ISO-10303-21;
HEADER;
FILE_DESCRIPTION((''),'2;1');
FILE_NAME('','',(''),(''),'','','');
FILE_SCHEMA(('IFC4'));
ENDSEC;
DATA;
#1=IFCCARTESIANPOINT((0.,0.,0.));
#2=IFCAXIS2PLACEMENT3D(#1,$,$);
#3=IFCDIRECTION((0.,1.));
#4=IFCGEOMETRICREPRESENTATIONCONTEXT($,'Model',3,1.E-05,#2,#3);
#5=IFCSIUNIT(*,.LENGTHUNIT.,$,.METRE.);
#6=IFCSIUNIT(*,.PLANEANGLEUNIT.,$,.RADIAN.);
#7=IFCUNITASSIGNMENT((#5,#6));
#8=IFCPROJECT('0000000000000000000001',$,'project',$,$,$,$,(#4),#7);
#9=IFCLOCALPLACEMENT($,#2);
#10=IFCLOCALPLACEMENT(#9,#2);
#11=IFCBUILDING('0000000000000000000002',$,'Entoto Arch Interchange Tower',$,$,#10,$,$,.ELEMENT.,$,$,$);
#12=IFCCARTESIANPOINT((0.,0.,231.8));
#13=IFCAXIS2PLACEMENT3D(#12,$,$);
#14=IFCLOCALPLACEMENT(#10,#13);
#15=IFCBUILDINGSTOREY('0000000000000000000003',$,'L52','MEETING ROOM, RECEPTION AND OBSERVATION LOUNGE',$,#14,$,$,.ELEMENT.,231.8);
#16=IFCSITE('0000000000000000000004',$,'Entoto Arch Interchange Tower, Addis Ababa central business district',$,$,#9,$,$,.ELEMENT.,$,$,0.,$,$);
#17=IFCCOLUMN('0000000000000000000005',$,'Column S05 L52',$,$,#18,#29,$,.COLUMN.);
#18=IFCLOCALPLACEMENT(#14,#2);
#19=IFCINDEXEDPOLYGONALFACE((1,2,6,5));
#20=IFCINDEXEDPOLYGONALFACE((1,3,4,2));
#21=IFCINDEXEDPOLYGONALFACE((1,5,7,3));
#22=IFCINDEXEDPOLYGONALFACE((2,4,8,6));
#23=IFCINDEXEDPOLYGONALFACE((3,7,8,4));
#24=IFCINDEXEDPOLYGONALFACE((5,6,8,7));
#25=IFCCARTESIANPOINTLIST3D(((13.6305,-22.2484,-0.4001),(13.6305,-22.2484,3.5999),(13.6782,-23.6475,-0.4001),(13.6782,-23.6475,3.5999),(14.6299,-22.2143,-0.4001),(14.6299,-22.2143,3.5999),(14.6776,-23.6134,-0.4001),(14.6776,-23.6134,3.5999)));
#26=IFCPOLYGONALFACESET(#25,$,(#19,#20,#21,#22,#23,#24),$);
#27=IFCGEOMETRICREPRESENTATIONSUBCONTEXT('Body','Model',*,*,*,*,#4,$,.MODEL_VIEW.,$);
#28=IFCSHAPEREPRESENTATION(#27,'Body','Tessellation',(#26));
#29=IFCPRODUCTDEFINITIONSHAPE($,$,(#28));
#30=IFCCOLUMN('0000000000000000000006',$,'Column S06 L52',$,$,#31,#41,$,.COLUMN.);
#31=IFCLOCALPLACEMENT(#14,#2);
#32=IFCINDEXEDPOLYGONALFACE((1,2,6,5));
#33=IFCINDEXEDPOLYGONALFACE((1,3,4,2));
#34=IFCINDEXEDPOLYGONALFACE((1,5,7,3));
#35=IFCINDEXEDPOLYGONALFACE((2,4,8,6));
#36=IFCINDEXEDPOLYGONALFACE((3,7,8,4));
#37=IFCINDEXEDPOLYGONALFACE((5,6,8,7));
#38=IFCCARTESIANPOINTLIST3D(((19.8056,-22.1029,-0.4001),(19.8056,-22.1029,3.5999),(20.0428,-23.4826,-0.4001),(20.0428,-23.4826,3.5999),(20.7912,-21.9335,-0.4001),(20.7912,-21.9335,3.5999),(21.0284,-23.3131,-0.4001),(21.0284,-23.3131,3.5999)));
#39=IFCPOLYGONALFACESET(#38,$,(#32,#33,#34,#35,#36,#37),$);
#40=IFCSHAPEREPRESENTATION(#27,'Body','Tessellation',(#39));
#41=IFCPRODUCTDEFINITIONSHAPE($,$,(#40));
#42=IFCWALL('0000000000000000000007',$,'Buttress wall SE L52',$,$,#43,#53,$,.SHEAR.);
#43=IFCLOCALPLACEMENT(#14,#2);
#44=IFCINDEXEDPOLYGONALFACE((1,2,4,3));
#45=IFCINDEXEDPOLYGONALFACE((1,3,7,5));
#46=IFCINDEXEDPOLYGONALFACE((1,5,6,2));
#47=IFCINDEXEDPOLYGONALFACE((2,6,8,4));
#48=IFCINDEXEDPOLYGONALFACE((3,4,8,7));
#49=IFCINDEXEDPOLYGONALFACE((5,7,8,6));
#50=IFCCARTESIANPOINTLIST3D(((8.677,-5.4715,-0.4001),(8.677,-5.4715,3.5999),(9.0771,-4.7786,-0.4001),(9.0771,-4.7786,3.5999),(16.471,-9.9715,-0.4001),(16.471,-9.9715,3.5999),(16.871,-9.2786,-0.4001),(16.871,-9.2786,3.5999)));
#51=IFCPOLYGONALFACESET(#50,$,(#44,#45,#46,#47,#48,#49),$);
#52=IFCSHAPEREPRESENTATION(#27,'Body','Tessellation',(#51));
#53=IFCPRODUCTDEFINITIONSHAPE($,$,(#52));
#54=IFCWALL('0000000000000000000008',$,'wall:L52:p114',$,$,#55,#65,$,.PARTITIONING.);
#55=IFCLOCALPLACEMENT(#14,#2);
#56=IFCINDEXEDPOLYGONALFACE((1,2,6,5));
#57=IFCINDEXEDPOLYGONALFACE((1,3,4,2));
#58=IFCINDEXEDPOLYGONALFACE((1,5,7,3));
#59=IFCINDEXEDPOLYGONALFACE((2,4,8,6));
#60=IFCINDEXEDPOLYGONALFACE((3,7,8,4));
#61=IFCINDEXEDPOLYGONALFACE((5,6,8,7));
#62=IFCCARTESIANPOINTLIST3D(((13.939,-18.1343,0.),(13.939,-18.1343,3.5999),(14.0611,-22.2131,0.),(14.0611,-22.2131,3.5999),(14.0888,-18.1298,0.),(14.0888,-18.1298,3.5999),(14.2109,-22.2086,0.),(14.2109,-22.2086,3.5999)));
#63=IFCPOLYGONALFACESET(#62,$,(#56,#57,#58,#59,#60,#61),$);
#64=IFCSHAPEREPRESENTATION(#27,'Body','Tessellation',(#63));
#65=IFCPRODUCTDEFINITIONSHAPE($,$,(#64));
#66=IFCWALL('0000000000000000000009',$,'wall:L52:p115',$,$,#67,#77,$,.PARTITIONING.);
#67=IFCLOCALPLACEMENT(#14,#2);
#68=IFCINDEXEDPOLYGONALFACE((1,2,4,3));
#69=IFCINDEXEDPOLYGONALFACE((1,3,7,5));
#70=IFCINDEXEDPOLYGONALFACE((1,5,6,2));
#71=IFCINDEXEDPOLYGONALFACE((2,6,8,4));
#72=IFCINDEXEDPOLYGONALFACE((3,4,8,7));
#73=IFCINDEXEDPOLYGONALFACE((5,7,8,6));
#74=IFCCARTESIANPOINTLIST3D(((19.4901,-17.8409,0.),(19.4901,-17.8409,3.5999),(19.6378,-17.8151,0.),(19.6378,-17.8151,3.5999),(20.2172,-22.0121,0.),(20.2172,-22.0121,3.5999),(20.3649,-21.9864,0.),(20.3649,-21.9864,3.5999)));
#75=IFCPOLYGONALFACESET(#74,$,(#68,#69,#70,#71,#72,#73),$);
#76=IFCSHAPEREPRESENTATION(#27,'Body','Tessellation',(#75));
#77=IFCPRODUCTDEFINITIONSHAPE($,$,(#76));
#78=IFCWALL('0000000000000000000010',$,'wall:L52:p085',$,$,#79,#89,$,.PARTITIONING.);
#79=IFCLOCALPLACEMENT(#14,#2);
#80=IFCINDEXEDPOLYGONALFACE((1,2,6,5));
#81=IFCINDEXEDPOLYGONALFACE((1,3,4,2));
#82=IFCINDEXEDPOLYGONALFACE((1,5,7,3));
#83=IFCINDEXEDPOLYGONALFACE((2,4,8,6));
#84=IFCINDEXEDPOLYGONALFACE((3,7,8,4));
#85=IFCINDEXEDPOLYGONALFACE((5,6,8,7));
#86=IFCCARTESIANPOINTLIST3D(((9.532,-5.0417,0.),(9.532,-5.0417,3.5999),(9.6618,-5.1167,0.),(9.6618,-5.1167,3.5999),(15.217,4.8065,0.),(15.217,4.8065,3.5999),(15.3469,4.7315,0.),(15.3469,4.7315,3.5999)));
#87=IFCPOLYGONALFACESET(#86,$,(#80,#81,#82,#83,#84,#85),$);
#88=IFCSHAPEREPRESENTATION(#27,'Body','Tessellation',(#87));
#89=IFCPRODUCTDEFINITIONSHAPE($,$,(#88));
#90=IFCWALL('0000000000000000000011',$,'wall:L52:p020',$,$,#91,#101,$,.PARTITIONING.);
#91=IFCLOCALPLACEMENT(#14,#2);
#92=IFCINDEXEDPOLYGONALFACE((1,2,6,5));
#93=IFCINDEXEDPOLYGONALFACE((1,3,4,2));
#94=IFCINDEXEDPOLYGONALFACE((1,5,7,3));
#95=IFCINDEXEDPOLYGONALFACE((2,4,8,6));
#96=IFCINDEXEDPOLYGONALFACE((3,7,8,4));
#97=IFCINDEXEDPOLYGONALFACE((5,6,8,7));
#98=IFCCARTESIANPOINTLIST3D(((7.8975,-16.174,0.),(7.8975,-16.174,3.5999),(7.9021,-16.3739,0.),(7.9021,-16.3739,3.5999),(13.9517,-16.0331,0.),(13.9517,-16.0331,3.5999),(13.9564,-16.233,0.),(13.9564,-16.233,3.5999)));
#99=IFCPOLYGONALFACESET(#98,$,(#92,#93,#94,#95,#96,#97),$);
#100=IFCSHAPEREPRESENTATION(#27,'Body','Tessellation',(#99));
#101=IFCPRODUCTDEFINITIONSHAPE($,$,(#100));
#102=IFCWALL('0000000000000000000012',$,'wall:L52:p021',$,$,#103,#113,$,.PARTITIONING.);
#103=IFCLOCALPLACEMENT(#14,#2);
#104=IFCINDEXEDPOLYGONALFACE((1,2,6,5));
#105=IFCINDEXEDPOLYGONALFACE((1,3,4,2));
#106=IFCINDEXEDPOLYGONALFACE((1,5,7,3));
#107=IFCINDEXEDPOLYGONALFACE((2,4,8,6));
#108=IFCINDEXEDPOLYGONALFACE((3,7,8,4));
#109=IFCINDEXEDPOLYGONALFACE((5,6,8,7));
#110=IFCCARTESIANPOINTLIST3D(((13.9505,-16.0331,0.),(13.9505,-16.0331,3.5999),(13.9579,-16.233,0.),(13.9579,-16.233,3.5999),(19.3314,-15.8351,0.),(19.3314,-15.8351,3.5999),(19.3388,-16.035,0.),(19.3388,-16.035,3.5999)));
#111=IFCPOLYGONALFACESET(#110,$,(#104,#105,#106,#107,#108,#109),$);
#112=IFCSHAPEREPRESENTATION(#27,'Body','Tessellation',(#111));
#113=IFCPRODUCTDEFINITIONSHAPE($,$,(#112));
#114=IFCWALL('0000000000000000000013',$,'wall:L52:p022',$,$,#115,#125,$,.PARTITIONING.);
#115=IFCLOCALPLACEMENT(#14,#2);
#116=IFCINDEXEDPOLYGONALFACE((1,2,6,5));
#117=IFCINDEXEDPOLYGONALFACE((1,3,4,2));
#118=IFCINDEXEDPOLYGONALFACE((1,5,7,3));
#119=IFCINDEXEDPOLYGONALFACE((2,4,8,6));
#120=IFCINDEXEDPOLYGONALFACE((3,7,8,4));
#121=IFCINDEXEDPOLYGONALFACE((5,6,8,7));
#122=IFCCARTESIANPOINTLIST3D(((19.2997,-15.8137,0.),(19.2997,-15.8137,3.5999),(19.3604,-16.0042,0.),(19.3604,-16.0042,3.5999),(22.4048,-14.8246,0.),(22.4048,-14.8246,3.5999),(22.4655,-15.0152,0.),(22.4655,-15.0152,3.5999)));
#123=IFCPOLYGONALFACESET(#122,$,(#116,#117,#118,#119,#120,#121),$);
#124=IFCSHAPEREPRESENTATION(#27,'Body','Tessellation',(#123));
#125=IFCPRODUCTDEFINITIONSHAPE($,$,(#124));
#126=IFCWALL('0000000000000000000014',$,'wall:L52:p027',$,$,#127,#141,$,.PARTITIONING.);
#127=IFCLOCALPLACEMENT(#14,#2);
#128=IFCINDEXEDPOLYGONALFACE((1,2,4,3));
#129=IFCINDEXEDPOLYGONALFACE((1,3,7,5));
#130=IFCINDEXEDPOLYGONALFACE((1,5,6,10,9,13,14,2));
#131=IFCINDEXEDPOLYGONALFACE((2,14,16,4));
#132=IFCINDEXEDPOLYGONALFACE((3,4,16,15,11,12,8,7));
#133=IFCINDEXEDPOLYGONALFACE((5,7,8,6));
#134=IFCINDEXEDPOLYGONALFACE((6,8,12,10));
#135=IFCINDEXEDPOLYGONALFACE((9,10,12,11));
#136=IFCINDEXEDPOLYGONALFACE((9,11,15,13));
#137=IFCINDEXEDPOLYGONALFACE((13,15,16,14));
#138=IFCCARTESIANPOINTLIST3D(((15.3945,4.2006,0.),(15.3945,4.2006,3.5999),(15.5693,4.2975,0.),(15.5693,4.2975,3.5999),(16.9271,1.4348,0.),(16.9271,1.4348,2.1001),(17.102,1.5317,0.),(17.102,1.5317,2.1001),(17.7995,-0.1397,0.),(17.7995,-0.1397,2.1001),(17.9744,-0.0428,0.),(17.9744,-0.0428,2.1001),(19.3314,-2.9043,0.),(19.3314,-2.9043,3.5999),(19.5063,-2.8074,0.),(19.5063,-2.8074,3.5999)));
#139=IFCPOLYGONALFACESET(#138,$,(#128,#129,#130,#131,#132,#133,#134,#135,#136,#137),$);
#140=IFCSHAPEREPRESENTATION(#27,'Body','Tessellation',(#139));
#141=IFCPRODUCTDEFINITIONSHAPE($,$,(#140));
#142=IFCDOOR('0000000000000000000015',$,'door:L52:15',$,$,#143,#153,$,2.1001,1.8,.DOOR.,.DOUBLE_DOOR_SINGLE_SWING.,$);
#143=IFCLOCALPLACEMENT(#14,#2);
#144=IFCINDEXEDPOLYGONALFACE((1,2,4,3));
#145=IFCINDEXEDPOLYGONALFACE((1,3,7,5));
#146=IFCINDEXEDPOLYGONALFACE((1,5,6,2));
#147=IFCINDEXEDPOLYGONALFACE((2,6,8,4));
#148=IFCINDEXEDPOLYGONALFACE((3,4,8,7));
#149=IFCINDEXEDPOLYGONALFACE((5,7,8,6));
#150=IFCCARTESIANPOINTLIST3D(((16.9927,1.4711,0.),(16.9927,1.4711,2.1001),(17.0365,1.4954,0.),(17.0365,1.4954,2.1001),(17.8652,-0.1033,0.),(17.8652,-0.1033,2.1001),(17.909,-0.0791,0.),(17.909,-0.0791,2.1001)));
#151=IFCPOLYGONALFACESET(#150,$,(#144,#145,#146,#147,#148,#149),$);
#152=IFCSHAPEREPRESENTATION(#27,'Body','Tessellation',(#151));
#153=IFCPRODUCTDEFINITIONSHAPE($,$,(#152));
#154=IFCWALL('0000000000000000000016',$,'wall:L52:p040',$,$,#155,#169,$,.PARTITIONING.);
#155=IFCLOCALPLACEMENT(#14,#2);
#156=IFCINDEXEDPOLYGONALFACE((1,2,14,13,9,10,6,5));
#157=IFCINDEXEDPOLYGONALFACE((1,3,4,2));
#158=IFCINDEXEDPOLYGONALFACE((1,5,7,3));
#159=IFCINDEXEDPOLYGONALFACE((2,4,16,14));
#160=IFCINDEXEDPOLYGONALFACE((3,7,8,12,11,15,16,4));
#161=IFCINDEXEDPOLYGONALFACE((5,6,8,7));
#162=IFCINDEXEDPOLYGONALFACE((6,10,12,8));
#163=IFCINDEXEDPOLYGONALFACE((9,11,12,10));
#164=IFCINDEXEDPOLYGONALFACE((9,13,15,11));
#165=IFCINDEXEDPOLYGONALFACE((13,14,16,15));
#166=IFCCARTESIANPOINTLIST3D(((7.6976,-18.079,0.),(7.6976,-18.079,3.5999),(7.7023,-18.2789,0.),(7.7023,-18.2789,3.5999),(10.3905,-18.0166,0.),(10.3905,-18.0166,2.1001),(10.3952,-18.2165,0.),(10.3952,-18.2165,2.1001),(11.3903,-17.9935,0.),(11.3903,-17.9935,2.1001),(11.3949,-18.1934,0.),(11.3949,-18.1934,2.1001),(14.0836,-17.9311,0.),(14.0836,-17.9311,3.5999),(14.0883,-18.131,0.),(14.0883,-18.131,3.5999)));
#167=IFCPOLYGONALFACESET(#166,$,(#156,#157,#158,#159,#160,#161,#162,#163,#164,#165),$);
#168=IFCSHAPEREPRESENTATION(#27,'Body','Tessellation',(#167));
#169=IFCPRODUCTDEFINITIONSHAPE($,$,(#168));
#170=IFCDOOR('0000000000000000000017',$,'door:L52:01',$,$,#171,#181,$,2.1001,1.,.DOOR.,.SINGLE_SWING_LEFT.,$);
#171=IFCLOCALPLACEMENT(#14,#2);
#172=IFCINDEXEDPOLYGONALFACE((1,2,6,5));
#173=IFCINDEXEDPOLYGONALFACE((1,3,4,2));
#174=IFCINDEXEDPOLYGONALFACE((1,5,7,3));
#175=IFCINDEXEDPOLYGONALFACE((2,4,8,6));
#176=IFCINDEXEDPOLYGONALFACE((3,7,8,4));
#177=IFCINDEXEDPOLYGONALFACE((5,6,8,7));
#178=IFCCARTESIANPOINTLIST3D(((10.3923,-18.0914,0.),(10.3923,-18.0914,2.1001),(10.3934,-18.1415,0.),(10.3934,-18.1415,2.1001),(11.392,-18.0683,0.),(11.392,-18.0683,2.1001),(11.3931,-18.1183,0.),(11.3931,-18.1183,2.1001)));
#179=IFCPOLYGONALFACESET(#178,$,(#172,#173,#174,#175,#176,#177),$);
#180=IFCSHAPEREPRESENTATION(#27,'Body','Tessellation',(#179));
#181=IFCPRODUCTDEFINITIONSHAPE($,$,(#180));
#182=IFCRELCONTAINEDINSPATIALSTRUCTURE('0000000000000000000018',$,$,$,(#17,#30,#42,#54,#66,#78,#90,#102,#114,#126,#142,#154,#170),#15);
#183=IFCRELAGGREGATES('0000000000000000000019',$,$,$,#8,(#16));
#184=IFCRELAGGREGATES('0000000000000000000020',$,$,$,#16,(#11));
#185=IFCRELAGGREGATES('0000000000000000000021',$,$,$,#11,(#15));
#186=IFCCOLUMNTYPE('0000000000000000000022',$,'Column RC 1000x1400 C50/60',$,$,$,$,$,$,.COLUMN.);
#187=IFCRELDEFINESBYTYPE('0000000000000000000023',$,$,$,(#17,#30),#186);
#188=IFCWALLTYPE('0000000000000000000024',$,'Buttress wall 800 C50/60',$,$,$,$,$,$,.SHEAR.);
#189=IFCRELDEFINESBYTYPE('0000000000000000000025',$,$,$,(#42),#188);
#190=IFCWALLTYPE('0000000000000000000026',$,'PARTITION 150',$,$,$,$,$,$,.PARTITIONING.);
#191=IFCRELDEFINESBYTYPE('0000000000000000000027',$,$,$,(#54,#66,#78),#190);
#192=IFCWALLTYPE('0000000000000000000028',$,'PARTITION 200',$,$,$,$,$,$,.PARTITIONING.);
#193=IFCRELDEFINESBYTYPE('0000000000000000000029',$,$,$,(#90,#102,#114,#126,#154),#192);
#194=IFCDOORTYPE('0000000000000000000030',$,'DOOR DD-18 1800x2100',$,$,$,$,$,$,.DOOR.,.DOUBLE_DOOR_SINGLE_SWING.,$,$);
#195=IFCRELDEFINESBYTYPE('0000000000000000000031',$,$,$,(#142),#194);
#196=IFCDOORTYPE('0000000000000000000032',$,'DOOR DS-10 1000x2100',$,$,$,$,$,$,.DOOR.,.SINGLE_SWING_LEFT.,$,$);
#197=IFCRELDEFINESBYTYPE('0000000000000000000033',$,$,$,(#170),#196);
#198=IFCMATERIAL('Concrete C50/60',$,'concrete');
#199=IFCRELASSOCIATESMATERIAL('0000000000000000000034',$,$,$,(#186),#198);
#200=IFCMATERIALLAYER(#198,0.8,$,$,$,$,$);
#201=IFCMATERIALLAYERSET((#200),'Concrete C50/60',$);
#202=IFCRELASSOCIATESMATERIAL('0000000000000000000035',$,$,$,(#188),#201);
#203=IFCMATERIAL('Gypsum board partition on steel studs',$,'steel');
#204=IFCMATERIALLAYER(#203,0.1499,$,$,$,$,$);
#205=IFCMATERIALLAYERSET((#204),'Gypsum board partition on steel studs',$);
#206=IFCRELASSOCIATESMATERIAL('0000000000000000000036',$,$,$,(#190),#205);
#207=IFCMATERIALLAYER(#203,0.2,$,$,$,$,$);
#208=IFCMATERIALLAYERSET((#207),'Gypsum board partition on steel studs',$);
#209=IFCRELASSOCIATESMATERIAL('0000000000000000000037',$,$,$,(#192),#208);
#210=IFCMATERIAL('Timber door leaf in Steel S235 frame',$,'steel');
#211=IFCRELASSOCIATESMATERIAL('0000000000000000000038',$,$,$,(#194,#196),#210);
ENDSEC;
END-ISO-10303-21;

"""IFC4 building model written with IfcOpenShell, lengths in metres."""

from ifc_helpers import new_model, si_unit, direction, frame, frame_2d, origin, origin_2d, place, context, subcontext, project, spatial, rectangle, extrude, material, layer, layer_set, material_profile, profile_set, type_object, element, fill, save


model = new_model("IFC4")

# Units and contexts
model_context = context("Model", 3, precision=1e-05, world=origin(), true_north=direction((0.0, 1.0)))
body_context = subcontext(model_context, "Body", "Model", "MODEL_VIEW")
ifc_project = project(units=[si_unit("LENGTHUNIT", "METRE"), si_unit("PLANEANGLEUNIT", "RADIAN")], contexts=[model_context])

# Site, building, storey
site_placement = place(None, origin())
site = spatial("IfcSite", under=ifc_project, at=site_placement, Name="Entoto Arch Interchange Tower, Addis Ababa central business district", CompositionType="ELEMENT", RefElevation=0.0)
building_placement = place(site_placement, origin())
building = spatial("IfcBuilding", under=site, at=building_placement, Name="Entoto Arch Interchange Tower", CompositionType="ELEMENT")
storey_placement = place(building_placement, frame((0.0, 0.0, 231.8)))
storey = spatial("IfcBuildingStorey", under=building, at=storey_placement, Name="L52", Description="MEETING ROOM, RECEPTION AND OBSERVATION LOUNGE", CompositionType="ELEMENT", Elevation=231.8)

# Columns
ifc_material_1 = material(Name="Concrete C50/60", Category="concrete")
ifc_material_profile = material_profile(ifc_material_1, rectangle(XDim=1.0, YDim=1.3999, at=origin_2d()))
ifc_profile_set = profile_set([ifc_material_profile], Name="Concrete C50/60")
column_type = type_object("IfcColumnType", Name="Column RC 1000x1400 C50/60", PredefinedType="COLUMN", material=ifc_profile_set)
for number, where, z_axis, x_axis, name in (
    (1, (14.1541, -22.9309, -0.4001), (0.0, 0.0, 1.0), (0.999421, 0.034027, 0.0), "Column S05 L52"),
    (2, (20.417, -22.708, -0.4001), (0.0, 0.0, 1.0), (0.985541, 0.169436, 0.0), "Column S06 L52"),
):
    element("IfcColumn", number, at=place(storey_placement, frame(where, z_axis=z_axis, x_axis=x_axis)), inside=storey, type_object=column_type, Name=name, PredefinedType="COLUMN", context=body_context, shape_type="SweptSolid", body=[
        extrude(rectangle(XDim=1.0, YDim=1.3999, at=origin_2d()), origin(), (0.0, 0.0, 1.0), 4.0),
    ])

# Walls
ifc_layer_1 = layer(ifc_material_1, 0.8)
ifc_layer_set_1 = layer_set([ifc_layer_1], Name="Concrete C50/60")
wall_type_1 = type_object("IfcWallType", Name="Buttress wall 800 C50/60", PredefinedType="SHEAR", material=ifc_layer_set_1)
wall_1_placement = place(storey_placement, frame((8.877, -5.125, -0.4001), z_axis=(0.0, 0.0, 1.0), x_axis=(0.866018, -0.500014, 0.0)))
element("IfcWall", 3, at=wall_1_placement, inside=storey, type_object=wall_type_1, Name="Buttress wall SE L52", PredefinedType="SHEAR", context=body_context, shape_type="SweptSolid", body=[
    extrude(rectangle(XDim=8.9998, YDim=0.8, at=frame_2d((4.5, 0.0))), origin(), (0.0, 0.0, 1.0), 4.0),
])
ifc_material_2 = material(Name="Gypsum board partition on steel studs", Category="steel")
ifc_layer_2 = layer(ifc_material_2, 0.1499)
ifc_layer_set_2 = layer_set([ifc_layer_2], Name="Gypsum board partition on steel studs")
wall_type_2 = type_object("IfcWallType", Name="PARTITION 150", PredefinedType="PARTITIONING", material=ifc_layer_set_2)
wall_2_placement = place(storey_placement, frame((14.0139, -18.1321, 0.0), z_axis=(0.0, 0.0, 1.0), x_axis=(0.029914, -0.999552, 0.0)))
element("IfcWall", 4, at=wall_2_placement, inside=storey, type_object=wall_type_2, Name="wall:L52:p114", PredefinedType="PARTITIONING", context=body_context, shape_type="SweptSolid", body=[
    extrude(rectangle(XDim=4.0806, YDim=0.1499, at=frame_2d((2.0403, 0.0))), origin(), (0.0, 0.0, 1.0), 3.5999),
])
wall_3_placement = place(storey_placement, frame((19.564, -17.8279, 0.0), z_axis=(0.0, 0.0, 1.0), x_axis=(0.171716, -0.985147, 0.0)))
element("IfcWall", 5, at=wall_3_placement, inside=storey, type_object=wall_type_2, Name="wall:L52:p115", PredefinedType="PARTITIONING", context=body_context, shape_type="SweptSolid", body=[
    extrude(rectangle(XDim=4.2341, YDim=0.1499, at=frame_2d((2.1172, 0.0))), origin(), (0.0, 0.0, 1.0), 3.5999),
])
wall_4_placement = place(storey_placement, frame((9.5969, -5.0791, 0.0), z_axis=(0.0, 0.0, 1.0), x_axis=(0.499949, 0.866055, 0.0)))
element("IfcWall", 6, at=wall_4_placement, inside=storey, type_object=wall_type_2, Name="wall:L52:p085", PredefinedType="PARTITIONING", context=body_context, shape_type="SweptSolid", body=[
    extrude(rectangle(XDim=11.3713, YDim=0.1499, at=frame_2d((5.6855, 0.0))), origin(), (0.0, 0.0, 1.0), 3.5999),
])
ifc_layer_3 = layer(ifc_material_2, 0.2)
ifc_layer_set_3 = layer_set([ifc_layer_3], Name="Gypsum board partition on steel studs")
wall_type_3 = type_object("IfcWallType", Name="PARTITION 200", PredefinedType="PARTITIONING", material=ifc_layer_set_3)
wall_5_placement = place(storey_placement, frame((7.8999, -16.2739, 0.0), z_axis=(0.0, 0.0, 1.0), x_axis=(0.999729, 0.023262, 0.0)))
element("IfcWall", 7, at=wall_5_placement, inside=storey, type_object=wall_type_3, Name="wall:L52:p020", PredefinedType="PARTITIONING", context=body_context, shape_type="SweptSolid", body=[
    extrude(rectangle(XDim=6.0559, YDim=0.2, at=frame_2d((3.0278, 0.0))), origin(), (0.0, 0.0, 1.0), 3.5999),
])
wall_6_placement = place(storey_placement, frame((13.9541, -16.1331, 0.0), z_axis=(0.0, 0.0, 1.0), x_axis=(0.999324, 0.036772, 0.0)))
element("IfcWall", 8, at=wall_6_placement, inside=storey, type_object=wall_type_3, Name="wall:L52:p021", PredefinedType="PARTITIONING", context=body_context, shape_type="SweptSolid", body=[
    extrude(rectangle(XDim=5.3845, YDim=0.2, at=frame_2d((2.6924, 0.0))), origin(), (0.0, 0.0, 1.0), 3.5999),
])
wall_7_placement = place(storey_placement, frame((19.3301, -15.9089, 0.0), z_axis=(0.0, 0.0, 1.0), x_axis=(0.952831, 0.303501, 0.0)))
element("IfcWall", 9, at=wall_7_placement, inside=storey, type_object=wall_type_3, Name="wall:L52:p022", PredefinedType="PARTITIONING", context=body_context, shape_type="SweptSolid", body=[
    extrude(rectangle(XDim=3.2588, YDim=0.2, at=frame_2d((1.6294, 0.0))), origin(), (0.0, 0.0, 1.0), 3.5999),
])

# Walls, openings, doors
wall_8_placement = place(storey_placement, frame((19.4189, -2.856, 0.0), z_axis=(0.0, 0.0, 1.0), x_axis=(-0.484683, 0.87469, 0.0)))
wall_8 = element("IfcWall", 10, at=wall_8_placement, inside=storey, type_object=wall_type_3, Name="wall:L52:p027", PredefinedType="PARTITIONING", context=body_context, shape_type="SweptSolid", body=[
    extrude(rectangle(XDim=8.1228, YDim=0.2, at=frame_2d((4.0615, 0.0))), origin(), (0.0, 0.0, 1.0), 3.5999),
])
opening_1_placement = place(wall_8_placement, frame((3.1609, 0.0, 0.0)))
opening_1 = element("IfcOpeningElement", 11, at=opening_1_placement, cuts=wall_8, PredefinedType="OPENING", context=body_context, shape_type="SweptSolid", body=[
    extrude(rectangle(XDim=1.8, YDim=2.1001, at=frame_2d((0.8999, 1.05))), frame((0.0, 0.1099, 0.0), z_axis=(0.0, -1.0, 0.0), x_axis=(1.0, 0.0, 0.0)), (0.0, 0.0, 1.0), 0.22),
])
ifc_material_3 = material(Name="Timber door leaf in Steel S235 frame", Category="steel")
door_type_1 = type_object("IfcDoorType", Name="DOOR DD-18 1800x2100", OperationType="DOUBLE_DOOR_SINGLE_SWING", PredefinedType="DOOR", material=ifc_material_3)
door_1_placement = place(opening_1_placement, origin())
door_1 = element("IfcDoor", 12, at=door_1_placement, inside=storey, type_object=door_type_1, Name="door:L52:15", OperationType="DOUBLE_DOOR_SINGLE_SWING", OverallHeight=2.1001, OverallWidth=1.8, PredefinedType="DOOR", context=body_context, shape_type="SweptSolid", body=[
    extrude(rectangle(XDim=1.8, YDim=2.1001, at=frame_2d((0.8999, 1.05))), frame((0.0, 0.0249, 0.0), z_axis=(0.0, -1.0, 0.0), x_axis=(1.0, 0.0, 0.0)), (0.0, 0.0, 1.0), 0.05),
])
fill(opening_1, door_1)
wall_9_placement = place(storey_placement, frame((14.0859, -18.031, 0.0), z_axis=(0.0, 0.0, 1.0), x_axis=(-0.999732, -0.023162, 0.0)))
wall_9 = element("IfcWall", 13, at=wall_9_placement, inside=storey, type_object=wall_type_3, Name="wall:L52:p040", PredefinedType="PARTITIONING", context=body_context, shape_type="SweptSolid", body=[
    extrude(rectangle(XDim=6.3877, YDim=0.2, at=frame_2d((3.1938, 0.0))), origin(), (0.0, 0.0, 1.0), 3.5999),
])
opening_2_placement = place(wall_9_placement, frame((2.6941, 0.0, 0.0)))
opening_2 = element("IfcOpeningElement", 14, at=opening_2_placement, cuts=wall_9, PredefinedType="OPENING", context=body_context, shape_type="SweptSolid", body=[
    extrude(rectangle(XDim=1.0, YDim=2.1001, at=frame_2d((0.5, 1.05))), frame((0.0, 0.1099, 0.0), z_axis=(0.0, -1.0, 0.0), x_axis=(1.0, 0.0, 0.0)), (0.0, 0.0, 1.0), 0.22),
])
door_type_2 = type_object("IfcDoorType", Name="DOOR DS-10 1000x2100", OperationType="SINGLE_SWING_LEFT", PredefinedType="DOOR", material=ifc_material_3)
door_2_placement = place(opening_2_placement, origin())
door_2 = element("IfcDoor", 15, at=door_2_placement, inside=storey, type_object=door_type_2, Name="door:L52:01", OperationType="SINGLE_SWING_LEFT", OverallHeight=2.1001, OverallWidth=1.0, PredefinedType="DOOR", context=body_context, shape_type="SweptSolid", body=[
    extrude(rectangle(XDim=1.0, YDim=2.1001, at=frame_2d((0.5, 1.05))), frame((0.0, 0.0249, 0.0), z_axis=(0.0, -1.0, 0.0), x_axis=(1.0, 0.0, 0.0)), (0.0, 0.0, 1.0), 0.05),
])
fill(opening_2, door_2)

save(model, "model.ifc")
